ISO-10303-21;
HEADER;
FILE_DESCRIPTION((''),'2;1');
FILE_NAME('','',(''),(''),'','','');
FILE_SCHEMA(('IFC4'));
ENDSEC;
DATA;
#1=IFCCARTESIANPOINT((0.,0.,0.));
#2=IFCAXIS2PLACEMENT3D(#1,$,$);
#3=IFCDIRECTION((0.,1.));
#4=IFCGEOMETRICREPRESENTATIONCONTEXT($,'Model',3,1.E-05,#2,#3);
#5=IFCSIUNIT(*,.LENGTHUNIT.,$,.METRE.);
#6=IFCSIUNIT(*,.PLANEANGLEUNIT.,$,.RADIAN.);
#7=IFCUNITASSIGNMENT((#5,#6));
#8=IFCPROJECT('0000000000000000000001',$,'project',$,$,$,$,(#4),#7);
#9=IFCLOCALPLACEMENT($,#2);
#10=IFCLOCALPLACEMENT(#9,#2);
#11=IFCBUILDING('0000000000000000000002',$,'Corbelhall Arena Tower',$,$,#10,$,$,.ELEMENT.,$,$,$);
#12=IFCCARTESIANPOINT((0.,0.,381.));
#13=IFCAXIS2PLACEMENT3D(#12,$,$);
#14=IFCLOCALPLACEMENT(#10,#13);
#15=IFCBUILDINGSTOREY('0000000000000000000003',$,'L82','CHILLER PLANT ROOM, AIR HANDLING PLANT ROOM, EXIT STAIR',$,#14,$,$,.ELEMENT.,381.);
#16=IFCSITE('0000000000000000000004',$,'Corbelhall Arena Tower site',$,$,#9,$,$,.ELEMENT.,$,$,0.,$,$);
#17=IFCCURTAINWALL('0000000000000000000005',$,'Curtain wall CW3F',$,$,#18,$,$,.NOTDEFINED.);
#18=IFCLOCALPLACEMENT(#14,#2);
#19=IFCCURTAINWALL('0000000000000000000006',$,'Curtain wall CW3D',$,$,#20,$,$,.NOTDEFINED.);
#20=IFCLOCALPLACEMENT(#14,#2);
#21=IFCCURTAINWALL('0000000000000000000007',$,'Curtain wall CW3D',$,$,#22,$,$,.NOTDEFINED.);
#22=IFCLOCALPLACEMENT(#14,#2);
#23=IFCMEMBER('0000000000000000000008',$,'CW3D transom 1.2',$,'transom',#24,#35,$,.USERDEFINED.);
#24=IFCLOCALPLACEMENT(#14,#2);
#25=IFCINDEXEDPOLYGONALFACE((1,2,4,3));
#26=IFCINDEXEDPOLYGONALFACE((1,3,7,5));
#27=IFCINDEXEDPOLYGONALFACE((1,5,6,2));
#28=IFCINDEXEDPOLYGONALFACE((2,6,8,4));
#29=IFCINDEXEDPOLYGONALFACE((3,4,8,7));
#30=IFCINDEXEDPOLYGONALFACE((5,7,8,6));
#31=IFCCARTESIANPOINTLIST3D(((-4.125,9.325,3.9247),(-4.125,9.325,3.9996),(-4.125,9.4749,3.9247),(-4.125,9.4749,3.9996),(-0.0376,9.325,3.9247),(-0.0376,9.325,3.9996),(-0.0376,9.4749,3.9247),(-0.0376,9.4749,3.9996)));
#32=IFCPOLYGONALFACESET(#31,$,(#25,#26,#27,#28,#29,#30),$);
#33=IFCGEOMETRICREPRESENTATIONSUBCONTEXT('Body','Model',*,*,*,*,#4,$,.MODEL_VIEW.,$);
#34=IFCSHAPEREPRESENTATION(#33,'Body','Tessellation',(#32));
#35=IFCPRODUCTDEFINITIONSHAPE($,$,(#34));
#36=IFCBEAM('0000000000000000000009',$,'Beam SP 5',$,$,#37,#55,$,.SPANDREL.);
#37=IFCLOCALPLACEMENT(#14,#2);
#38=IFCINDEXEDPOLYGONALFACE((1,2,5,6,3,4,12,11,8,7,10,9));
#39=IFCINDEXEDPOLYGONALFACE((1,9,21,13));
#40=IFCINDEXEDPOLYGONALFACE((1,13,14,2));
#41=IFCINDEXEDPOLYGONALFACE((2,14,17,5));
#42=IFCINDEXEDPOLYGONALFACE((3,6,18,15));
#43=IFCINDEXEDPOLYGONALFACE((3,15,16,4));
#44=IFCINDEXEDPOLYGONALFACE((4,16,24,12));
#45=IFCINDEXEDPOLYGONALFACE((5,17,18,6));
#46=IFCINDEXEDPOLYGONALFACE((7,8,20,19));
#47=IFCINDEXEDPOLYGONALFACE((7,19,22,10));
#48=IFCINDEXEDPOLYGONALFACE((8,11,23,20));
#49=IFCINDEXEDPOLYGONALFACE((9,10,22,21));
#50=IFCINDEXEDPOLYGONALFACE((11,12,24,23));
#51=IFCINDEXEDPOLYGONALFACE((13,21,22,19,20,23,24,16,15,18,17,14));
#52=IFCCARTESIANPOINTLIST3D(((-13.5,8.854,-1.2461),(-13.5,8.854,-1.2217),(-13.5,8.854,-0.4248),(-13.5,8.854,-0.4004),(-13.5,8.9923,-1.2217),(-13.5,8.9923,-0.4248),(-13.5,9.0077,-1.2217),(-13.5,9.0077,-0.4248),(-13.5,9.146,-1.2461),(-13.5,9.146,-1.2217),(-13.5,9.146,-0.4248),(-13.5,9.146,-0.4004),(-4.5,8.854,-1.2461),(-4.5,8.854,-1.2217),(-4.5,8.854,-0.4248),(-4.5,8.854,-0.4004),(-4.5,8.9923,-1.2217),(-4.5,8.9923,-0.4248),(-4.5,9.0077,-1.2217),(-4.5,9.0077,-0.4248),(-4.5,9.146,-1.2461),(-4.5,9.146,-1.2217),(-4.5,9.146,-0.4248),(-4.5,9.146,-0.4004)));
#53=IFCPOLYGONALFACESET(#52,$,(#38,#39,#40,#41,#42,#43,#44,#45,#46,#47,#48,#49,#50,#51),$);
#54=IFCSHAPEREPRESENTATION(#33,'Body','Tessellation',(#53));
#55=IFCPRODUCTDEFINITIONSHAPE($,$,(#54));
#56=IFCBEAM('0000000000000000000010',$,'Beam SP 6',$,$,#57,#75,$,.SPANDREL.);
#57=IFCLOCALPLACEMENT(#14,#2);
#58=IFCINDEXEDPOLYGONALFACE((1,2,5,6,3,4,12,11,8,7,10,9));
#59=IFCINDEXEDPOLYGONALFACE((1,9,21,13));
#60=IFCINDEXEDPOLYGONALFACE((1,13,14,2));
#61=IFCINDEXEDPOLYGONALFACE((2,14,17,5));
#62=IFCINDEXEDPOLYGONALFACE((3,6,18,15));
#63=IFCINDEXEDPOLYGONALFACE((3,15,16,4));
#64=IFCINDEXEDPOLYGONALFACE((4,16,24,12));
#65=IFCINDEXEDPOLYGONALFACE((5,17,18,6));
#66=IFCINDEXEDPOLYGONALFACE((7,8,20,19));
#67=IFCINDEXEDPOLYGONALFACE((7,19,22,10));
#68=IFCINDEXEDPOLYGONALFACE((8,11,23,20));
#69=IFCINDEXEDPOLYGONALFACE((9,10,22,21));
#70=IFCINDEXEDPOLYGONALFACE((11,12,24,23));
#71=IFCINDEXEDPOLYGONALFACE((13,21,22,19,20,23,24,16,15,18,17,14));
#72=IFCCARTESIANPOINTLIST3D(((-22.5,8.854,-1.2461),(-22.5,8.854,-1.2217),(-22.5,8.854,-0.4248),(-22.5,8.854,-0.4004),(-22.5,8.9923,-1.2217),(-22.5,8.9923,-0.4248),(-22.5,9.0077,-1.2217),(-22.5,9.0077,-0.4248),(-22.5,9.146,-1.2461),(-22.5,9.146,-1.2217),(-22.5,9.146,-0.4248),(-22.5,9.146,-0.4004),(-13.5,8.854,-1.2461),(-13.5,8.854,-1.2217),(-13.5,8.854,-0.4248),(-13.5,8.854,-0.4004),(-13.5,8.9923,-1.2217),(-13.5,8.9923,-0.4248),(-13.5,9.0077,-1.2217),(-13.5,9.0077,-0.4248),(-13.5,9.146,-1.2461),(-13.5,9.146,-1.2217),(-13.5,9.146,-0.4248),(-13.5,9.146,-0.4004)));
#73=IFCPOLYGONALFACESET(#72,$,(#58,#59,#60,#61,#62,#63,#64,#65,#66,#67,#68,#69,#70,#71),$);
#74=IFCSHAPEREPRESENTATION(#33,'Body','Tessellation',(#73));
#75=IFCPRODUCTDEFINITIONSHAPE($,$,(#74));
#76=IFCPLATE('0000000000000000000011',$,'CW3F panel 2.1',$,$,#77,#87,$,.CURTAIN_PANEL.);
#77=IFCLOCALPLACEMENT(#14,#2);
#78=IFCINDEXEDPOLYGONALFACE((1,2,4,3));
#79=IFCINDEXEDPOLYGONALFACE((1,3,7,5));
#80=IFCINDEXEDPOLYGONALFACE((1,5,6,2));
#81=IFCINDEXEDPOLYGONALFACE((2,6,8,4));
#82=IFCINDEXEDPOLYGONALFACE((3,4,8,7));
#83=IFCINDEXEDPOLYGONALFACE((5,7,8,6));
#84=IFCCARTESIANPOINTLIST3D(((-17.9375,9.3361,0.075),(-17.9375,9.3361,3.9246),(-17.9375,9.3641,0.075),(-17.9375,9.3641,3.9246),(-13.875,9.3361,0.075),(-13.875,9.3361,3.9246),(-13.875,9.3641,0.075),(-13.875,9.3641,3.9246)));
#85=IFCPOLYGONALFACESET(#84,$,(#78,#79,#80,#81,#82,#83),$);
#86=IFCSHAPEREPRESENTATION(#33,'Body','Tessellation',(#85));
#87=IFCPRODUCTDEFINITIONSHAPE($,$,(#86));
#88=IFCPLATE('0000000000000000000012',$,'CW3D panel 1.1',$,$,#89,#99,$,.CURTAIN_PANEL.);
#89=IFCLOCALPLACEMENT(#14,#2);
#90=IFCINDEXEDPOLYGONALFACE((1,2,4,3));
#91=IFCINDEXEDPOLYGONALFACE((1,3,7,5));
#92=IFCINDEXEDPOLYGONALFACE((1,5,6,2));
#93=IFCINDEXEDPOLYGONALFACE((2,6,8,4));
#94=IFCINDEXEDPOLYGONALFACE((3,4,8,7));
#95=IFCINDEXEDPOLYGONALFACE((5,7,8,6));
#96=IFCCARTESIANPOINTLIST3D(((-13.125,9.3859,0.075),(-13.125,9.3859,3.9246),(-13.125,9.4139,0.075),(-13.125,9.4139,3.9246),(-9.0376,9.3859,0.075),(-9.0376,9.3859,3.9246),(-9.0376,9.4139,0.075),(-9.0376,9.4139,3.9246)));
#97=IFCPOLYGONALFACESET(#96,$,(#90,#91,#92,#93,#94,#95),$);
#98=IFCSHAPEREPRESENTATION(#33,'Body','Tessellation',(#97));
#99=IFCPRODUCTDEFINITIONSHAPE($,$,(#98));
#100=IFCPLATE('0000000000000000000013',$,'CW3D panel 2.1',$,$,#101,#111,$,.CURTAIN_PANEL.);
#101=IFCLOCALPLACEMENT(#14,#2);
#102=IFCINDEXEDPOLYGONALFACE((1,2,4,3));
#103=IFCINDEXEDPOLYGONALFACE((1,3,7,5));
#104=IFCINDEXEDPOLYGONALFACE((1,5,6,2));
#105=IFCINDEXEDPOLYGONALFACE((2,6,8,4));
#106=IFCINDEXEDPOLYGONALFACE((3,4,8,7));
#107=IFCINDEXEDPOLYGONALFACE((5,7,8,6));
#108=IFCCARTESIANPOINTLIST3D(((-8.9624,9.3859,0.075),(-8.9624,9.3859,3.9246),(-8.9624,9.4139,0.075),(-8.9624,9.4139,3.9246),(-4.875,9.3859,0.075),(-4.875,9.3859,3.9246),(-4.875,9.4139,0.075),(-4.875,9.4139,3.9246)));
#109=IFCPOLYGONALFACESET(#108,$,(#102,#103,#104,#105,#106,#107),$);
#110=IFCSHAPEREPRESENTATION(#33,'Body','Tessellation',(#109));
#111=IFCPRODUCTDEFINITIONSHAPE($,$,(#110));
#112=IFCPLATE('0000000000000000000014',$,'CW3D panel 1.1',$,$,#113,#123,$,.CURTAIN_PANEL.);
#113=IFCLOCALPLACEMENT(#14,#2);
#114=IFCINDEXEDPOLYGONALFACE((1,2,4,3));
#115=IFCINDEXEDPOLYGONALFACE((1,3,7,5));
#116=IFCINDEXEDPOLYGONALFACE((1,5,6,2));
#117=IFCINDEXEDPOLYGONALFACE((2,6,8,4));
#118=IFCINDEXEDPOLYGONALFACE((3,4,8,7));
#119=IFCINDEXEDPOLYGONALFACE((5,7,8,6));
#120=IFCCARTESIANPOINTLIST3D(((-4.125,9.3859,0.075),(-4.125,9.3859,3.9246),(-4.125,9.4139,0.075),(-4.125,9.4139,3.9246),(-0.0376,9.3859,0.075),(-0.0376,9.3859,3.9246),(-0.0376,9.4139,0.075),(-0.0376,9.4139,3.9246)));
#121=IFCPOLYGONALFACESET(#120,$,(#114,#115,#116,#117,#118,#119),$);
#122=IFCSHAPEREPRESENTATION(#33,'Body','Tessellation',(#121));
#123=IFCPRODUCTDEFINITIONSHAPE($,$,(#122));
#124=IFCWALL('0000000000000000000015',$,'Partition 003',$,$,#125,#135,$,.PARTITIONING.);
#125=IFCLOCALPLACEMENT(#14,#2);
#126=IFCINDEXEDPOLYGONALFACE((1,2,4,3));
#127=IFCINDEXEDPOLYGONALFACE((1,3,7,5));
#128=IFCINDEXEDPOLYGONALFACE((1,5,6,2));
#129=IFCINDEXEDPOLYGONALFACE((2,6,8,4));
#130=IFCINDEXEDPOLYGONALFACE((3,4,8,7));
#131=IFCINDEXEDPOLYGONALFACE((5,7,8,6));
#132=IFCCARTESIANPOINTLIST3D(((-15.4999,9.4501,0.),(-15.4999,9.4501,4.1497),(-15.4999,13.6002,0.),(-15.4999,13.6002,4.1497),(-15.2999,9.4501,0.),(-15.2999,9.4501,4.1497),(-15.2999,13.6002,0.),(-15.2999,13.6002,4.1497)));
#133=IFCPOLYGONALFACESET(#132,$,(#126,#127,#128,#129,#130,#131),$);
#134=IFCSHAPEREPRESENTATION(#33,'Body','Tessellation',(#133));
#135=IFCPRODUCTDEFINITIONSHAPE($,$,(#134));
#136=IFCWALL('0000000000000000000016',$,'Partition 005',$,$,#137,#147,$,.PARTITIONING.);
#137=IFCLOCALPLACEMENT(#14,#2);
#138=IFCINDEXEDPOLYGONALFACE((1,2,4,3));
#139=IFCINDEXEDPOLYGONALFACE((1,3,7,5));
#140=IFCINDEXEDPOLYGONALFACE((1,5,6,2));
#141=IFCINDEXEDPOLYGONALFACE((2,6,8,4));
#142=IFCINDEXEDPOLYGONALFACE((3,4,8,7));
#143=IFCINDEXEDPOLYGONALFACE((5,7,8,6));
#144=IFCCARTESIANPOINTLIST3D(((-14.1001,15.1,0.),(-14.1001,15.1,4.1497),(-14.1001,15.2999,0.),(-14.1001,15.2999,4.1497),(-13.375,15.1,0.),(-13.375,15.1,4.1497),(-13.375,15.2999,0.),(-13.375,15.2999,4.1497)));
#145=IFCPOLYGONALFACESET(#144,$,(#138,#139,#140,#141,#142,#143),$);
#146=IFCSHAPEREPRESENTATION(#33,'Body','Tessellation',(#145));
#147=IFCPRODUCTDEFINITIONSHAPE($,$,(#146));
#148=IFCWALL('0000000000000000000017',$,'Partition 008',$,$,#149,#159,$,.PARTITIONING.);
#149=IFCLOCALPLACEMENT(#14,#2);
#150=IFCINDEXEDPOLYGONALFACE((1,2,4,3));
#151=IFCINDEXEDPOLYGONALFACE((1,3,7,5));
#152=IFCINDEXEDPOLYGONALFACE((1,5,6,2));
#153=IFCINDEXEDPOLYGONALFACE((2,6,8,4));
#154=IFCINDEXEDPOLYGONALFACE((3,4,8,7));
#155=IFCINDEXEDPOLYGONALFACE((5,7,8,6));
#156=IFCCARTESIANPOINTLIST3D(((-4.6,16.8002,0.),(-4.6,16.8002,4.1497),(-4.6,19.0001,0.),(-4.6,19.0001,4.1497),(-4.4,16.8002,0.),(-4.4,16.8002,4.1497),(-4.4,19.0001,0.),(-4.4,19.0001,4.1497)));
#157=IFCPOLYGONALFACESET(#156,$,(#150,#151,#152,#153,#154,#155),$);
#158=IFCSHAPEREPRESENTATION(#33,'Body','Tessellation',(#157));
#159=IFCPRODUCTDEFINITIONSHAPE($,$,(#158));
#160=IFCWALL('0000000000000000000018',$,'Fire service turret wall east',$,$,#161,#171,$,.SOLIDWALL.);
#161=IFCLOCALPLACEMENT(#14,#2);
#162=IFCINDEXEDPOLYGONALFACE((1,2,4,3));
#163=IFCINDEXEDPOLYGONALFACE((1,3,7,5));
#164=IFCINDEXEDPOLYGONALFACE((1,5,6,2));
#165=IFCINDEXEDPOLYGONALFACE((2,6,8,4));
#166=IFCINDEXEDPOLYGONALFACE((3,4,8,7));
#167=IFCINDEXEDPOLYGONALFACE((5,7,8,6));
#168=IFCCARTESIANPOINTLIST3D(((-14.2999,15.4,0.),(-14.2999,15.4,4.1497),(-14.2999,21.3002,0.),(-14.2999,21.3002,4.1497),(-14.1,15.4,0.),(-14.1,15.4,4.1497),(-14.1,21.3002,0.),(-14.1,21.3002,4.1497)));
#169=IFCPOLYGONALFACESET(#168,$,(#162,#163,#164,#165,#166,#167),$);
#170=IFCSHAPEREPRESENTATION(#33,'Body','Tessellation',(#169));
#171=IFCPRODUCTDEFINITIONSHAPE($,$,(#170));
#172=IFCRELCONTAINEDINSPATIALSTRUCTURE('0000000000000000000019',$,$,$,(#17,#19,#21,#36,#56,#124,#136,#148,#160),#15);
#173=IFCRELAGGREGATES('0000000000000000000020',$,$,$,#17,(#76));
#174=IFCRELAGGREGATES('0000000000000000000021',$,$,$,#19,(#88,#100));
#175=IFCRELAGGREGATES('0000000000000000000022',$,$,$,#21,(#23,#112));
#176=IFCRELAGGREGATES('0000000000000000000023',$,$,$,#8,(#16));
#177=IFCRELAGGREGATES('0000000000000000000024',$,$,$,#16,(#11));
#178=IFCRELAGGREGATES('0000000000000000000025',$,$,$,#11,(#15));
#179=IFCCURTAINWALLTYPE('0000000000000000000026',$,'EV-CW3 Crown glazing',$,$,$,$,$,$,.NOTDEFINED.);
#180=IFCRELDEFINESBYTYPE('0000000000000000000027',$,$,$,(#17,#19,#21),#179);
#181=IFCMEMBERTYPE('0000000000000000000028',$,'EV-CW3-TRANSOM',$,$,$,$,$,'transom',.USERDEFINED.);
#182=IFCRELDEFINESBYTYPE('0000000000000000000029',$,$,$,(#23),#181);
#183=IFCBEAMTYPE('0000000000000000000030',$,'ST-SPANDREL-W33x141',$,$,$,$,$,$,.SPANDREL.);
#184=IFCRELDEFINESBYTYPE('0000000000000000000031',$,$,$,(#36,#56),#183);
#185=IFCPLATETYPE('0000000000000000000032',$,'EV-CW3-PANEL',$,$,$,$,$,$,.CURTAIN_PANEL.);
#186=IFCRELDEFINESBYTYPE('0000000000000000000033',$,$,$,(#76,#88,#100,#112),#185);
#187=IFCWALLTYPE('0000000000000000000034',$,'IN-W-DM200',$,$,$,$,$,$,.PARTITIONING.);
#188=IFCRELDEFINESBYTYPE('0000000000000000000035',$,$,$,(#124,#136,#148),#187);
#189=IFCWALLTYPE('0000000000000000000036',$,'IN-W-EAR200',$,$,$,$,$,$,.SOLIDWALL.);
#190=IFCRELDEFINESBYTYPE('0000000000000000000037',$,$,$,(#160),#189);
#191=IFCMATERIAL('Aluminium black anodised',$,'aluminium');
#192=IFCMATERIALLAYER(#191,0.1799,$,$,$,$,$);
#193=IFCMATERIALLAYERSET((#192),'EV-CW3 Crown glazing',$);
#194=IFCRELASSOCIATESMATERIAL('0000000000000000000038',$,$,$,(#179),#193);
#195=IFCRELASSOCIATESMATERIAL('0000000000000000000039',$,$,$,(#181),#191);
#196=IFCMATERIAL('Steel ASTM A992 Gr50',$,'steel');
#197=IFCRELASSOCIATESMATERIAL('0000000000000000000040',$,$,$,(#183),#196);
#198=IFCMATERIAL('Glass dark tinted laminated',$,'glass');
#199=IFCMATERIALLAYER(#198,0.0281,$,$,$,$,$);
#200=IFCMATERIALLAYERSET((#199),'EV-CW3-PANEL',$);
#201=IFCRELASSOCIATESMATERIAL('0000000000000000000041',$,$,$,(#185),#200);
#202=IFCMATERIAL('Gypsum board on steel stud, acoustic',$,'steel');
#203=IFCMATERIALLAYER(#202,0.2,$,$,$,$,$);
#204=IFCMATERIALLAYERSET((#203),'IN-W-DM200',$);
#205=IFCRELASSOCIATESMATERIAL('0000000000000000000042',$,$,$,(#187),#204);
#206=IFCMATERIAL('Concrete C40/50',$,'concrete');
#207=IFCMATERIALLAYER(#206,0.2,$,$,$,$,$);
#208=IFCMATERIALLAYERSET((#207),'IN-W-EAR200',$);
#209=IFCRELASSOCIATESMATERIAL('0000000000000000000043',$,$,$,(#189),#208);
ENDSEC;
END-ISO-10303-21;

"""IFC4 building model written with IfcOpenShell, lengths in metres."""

from ifc_helpers import new_model, si_unit, direction, frame, frame_2d, origin, origin_2d, place, context, subcontext, project, spatial, rectangle, i_section, extrude, material, layer, layer_set, material_profile, profile_set, type_object, element, aggregate, save


model = new_model("IFC4")

# Units and contexts
model_context = context("Model", 3, precision=1e-05, world=origin(), true_north=direction((0.0, 1.0)))
body_context = subcontext(model_context, "Body", "Model", "MODEL_VIEW")
ifc_project = project(units=[si_unit("LENGTHUNIT", "METRE"), si_unit("PLANEANGLEUNIT", "RADIAN")], contexts=[model_context])

# Site, building, storey
site_placement = place(None, origin())
site = spatial("IfcSite", under=ifc_project, at=site_placement, Name="Corbelhall Arena Tower site", CompositionType="ELEMENT", RefElevation=0.0)
building_placement = place(site_placement, origin())
building = spatial("IfcBuilding", under=site, at=building_placement, Name="Corbelhall Arena Tower", CompositionType="ELEMENT")
storey_placement = place(building_placement, frame((0.0, 0.0, 381.0)))
storey = spatial("IfcBuildingStorey", under=building, at=storey_placement, Name="L82", Description="CHILLER PLANT ROOM, AIR HANDLING PLANT ROOM, EXIT STAIR", CompositionType="ELEMENT", Elevation=381.0)

# Curtain walls
ifc_material_1 = material(Name="Aluminium black anodised", Category="aluminium")
ifc_layer_1 = layer(ifc_material_1, 0.1799)
ifc_layer_set_1 = layer_set([ifc_layer_1], Name="EV-CW3 Crown glazing")
curtain_wall_type = type_object("IfcCurtainWallType", Name="EV-CW3 Crown glazing", PredefinedType="NOTDEFINED", material=ifc_layer_set_1)
curtain_wall_1_placement = place(storey_placement, origin())
curtain_wall_1 = element("IfcCurtainWall", 1, at=curtain_wall_1_placement, inside=storey, type_object=curtain_wall_type, Name="Curtain wall CW3F", PredefinedType="NOTDEFINED")
curtain_wall_2_placement = place(storey_placement, origin())
curtain_wall_2 = element("IfcCurtainWall", 2, at=curtain_wall_2_placement, inside=storey, type_object=curtain_wall_type, Name="Curtain wall CW3D", PredefinedType="NOTDEFINED")

# Curtain wall
curtain_wall_3_placement = place(storey_placement, origin())
curtain_wall_3 = element("IfcCurtainWall", 3, at=curtain_wall_3_placement, inside=storey, type_object=curtain_wall_type, Name="Curtain wall CW3D", PredefinedType="NOTDEFINED")

# Member
ifc_material_profile_1 = material_profile(ifc_material_1, rectangle(XDim=0.1499, YDim=0.075, at=origin_2d()))
ifc_profile_set_1 = profile_set([ifc_material_profile_1], Name="Aluminium black anodised")
member_type_1 = type_object("IfcMemberType", Name="EV-CW3-TRANSOM", ElementType="transom", PredefinedType="USERDEFINED", material=ifc_profile_set_1)
member_1_placement = place(storey_placement, frame((-4.125, 9.3999, 3.9622), z_axis=(1.0, 0.0, 0.0), x_axis=(0.0, 1.0, 0.0)))
member_1 = element("IfcMember", 4, at=member_1_placement, type_object=member_type_1, Name="CW3D transom 1.2", ObjectType="transom", PredefinedType="USERDEFINED", context=body_context, shape_type="SweptSolid", body=[
    extrude(rectangle(XDim=0.1499, YDim=0.075, at=origin_2d()), origin(), (0.0, 0.0, 1.0), 4.0874),
])

# Beams
ifc_material_2 = material(Name="Steel ASTM A992 Gr50", Category="steel")
ifc_material_profile_2 = material_profile(ifc_material_2, i_section(OverallWidth=0.292, OverallDepth=0.8457, WebThickness=0.0154, FlangeThickness=0.0244, at=origin_2d()))
ifc_profile_set_2 = profile_set([ifc_material_profile_2], Name="Steel ASTM A992 Gr50")
beam_type = type_object("IfcBeamType", Name="ST-SPANDREL-W33x141", PredefinedType="SPANDREL", material=ifc_profile_set_2)
for number, where, z_axis, x_axis, name in (
    (5, (-4.5, 9.0, -0.8232), (-1.0, 0.0, 0.0), (0.0, -1.0, 0.0), "Beam SP 5"),
    (6, (-13.5, 9.0, -0.8232), (-1.0, 0.0, 0.0), (0.0, -1.0, 0.0), "Beam SP 6"),
):
    element("IfcBeam", number, at=place(storey_placement, frame(where, z_axis=z_axis, x_axis=x_axis)), inside=storey, type_object=beam_type, Name=name, PredefinedType="SPANDREL", context=body_context, shape_type="SweptSolid", body=[
        extrude(i_section(OverallWidth=0.292, OverallDepth=0.8457, WebThickness=0.0154, FlangeThickness=0.0244, at=origin_2d()), origin(), (0.0, 0.0, 1.0), 9.0),
    ])

# Plates
ifc_material_3 = material(Name="Glass dark tinted laminated", Category="glass")
ifc_layer_2 = layer(ifc_material_3, 0.0281)
ifc_layer_set_2 = layer_set([ifc_layer_2], Name="EV-CW3-PANEL")
plate_type = type_object("IfcPlateType", Name="EV-CW3-PANEL", PredefinedType="CURTAIN_PANEL", material=ifc_layer_set_2)
plate_1_placement = place(storey_placement, frame((-15.9062, 9.3501, 0.075), z_axis=(0.0, 0.0, 1.0), x_axis=(1.0, 0.0, 0.0)))
plate_1 = element("IfcPlate", 7, at=plate_1_placement, type_object=plate_type, Name="CW3F panel 2.1", PredefinedType="CURTAIN_PANEL", context=body_context, shape_type="SweptSolid", body=[
    extrude(rectangle(XDim=4.0625, YDim=0.0281, at=origin_2d()), origin(), (0.0, 0.0, 1.0), 3.8496),
])
aggregate(curtain_wall_1, [plate_1])
plate_2_placement = place(storey_placement, frame((-11.0813, 9.3999, 0.075), z_axis=(0.0, 0.0, 1.0), x_axis=(1.0, 0.0, 0.0)))
plate_2 = element("IfcPlate", 8, at=plate_2_placement, type_object=plate_type, Name="CW3D panel 1.1", PredefinedType="CURTAIN_PANEL", context=body_context, shape_type="SweptSolid", body=[
    extrude(rectangle(XDim=4.0874, YDim=0.0281, at=origin_2d()), origin(), (0.0, 0.0, 1.0), 3.8496),
])
plate_3_placement = place(storey_placement, frame((-6.9187, 9.3999, 0.075), z_axis=(0.0, 0.0, 1.0), x_axis=(1.0, 0.0, 0.0)))
plate_3 = element("IfcPlate", 9, at=plate_3_placement, type_object=plate_type, Name="CW3D panel 2.1", PredefinedType="CURTAIN_PANEL", context=body_context, shape_type="SweptSolid", body=[
    extrude(rectangle(XDim=4.0874, YDim=0.0281, at=origin_2d()), origin(), (0.0, 0.0, 1.0), 3.8496),
])
aggregate(curtain_wall_2, [plate_2, plate_3])
plate_4_placement = place(storey_placement, frame((-2.0813, 9.3999, 0.075), z_axis=(0.0, 0.0, 1.0), x_axis=(1.0, 0.0, 0.0)))
plate_4 = element("IfcPlate", 10, at=plate_4_placement, type_object=plate_type, Name="CW3D panel 1.1", PredefinedType="CURTAIN_PANEL", context=body_context, shape_type="SweptSolid", body=[
    extrude(rectangle(XDim=4.0874, YDim=0.0281, at=origin_2d()), origin(), (0.0, 0.0, 1.0), 3.8496),
])
aggregate(curtain_wall_3, [member_1, plate_4])

# Wall
ifc_material_4 = material(Name="Gypsum board on steel stud, acoustic", Category="steel")
ifc_layer_3 = layer(ifc_material_4, 0.2)
ifc_layer_set_3 = layer_set([ifc_layer_3], Name="IN-W-DM200")
wall_type_1 = type_object("IfcWallType", Name="IN-W-DM200", PredefinedType="PARTITIONING", material=ifc_layer_set_3)
wall_1_placement = place(storey_placement, frame((-15.3999, 9.45, 0.0), z_axis=(0.0, 0.0, 1.0), x_axis=(0.0, 1.0, 0.0)))
element("IfcWall", 11, at=wall_1_placement, inside=storey, type_object=wall_type_1, Name="Partition 003", PredefinedType="PARTITIONING", context=body_context, shape_type="SweptSolid", body=[
    extrude(rectangle(XDim=4.1501, YDim=0.2, at=frame_2d((2.0752, 0.0))), origin(), (0.0, 0.0, 1.0), 4.1497),
])

# Walls
wall_2_placement = place(storey_placement, frame((-14.1001, 15.2, 0.0), z_axis=(0.0, 0.0, 1.0), x_axis=(1.0, 0.0, 0.0)))
element("IfcWall", 12, at=wall_2_placement, inside=storey, type_object=wall_type_1, Name="Partition 005", PredefinedType="PARTITIONING", context=body_context, shape_type="SweptSolid", body=[
    extrude(rectangle(XDim=0.7251, YDim=0.2, at=frame_2d((0.3625, 0.0))), origin(), (0.0, 0.0, 1.0), 4.1497),
])
wall_3_placement = place(storey_placement, frame((-4.5, 16.8, 0.0), z_axis=(0.0, 0.0, 1.0), x_axis=(0.0, 1.0, 0.0)))
element("IfcWall", 13, at=wall_3_placement, inside=storey, type_object=wall_type_1, Name="Partition 008", PredefinedType="PARTITIONING", context=body_context, shape_type="SweptSolid", body=[
    extrude(rectangle(XDim=2.2, YDim=0.2, at=frame_2d((1.1001, 0.0))), origin(), (0.0, 0.0, 1.0), 4.1497),
])
ifc_material_5 = material(Name="Concrete C40/50", Category="concrete")
ifc_layer_4 = layer(ifc_material_5, 0.2)
ifc_layer_set_4 = layer_set([ifc_layer_4], Name="IN-W-EAR200")
wall_type_2 = type_object("IfcWallType", Name="IN-W-EAR200", PredefinedType="SOLIDWALL", material=ifc_layer_set_4)
wall_4_placement = place(storey_placement, frame((-14.2, 15.3999, 0.0), z_axis=(0.0, 0.0, 1.0), x_axis=(0.0, 1.0, 0.0)))
element("IfcWall", 14, at=wall_4_placement, inside=storey, type_object=wall_type_2, Name="Fire service turret wall east", PredefinedType="SOLIDWALL", context=body_context, shape_type="SweptSolid", body=[
    extrude(rectangle(XDim=5.9001, YDim=0.2, at=frame_2d((2.9502, 0.0))), origin(), (0.0, 0.0, 1.0), 4.1497),
])

save(model, "model.ifc")
